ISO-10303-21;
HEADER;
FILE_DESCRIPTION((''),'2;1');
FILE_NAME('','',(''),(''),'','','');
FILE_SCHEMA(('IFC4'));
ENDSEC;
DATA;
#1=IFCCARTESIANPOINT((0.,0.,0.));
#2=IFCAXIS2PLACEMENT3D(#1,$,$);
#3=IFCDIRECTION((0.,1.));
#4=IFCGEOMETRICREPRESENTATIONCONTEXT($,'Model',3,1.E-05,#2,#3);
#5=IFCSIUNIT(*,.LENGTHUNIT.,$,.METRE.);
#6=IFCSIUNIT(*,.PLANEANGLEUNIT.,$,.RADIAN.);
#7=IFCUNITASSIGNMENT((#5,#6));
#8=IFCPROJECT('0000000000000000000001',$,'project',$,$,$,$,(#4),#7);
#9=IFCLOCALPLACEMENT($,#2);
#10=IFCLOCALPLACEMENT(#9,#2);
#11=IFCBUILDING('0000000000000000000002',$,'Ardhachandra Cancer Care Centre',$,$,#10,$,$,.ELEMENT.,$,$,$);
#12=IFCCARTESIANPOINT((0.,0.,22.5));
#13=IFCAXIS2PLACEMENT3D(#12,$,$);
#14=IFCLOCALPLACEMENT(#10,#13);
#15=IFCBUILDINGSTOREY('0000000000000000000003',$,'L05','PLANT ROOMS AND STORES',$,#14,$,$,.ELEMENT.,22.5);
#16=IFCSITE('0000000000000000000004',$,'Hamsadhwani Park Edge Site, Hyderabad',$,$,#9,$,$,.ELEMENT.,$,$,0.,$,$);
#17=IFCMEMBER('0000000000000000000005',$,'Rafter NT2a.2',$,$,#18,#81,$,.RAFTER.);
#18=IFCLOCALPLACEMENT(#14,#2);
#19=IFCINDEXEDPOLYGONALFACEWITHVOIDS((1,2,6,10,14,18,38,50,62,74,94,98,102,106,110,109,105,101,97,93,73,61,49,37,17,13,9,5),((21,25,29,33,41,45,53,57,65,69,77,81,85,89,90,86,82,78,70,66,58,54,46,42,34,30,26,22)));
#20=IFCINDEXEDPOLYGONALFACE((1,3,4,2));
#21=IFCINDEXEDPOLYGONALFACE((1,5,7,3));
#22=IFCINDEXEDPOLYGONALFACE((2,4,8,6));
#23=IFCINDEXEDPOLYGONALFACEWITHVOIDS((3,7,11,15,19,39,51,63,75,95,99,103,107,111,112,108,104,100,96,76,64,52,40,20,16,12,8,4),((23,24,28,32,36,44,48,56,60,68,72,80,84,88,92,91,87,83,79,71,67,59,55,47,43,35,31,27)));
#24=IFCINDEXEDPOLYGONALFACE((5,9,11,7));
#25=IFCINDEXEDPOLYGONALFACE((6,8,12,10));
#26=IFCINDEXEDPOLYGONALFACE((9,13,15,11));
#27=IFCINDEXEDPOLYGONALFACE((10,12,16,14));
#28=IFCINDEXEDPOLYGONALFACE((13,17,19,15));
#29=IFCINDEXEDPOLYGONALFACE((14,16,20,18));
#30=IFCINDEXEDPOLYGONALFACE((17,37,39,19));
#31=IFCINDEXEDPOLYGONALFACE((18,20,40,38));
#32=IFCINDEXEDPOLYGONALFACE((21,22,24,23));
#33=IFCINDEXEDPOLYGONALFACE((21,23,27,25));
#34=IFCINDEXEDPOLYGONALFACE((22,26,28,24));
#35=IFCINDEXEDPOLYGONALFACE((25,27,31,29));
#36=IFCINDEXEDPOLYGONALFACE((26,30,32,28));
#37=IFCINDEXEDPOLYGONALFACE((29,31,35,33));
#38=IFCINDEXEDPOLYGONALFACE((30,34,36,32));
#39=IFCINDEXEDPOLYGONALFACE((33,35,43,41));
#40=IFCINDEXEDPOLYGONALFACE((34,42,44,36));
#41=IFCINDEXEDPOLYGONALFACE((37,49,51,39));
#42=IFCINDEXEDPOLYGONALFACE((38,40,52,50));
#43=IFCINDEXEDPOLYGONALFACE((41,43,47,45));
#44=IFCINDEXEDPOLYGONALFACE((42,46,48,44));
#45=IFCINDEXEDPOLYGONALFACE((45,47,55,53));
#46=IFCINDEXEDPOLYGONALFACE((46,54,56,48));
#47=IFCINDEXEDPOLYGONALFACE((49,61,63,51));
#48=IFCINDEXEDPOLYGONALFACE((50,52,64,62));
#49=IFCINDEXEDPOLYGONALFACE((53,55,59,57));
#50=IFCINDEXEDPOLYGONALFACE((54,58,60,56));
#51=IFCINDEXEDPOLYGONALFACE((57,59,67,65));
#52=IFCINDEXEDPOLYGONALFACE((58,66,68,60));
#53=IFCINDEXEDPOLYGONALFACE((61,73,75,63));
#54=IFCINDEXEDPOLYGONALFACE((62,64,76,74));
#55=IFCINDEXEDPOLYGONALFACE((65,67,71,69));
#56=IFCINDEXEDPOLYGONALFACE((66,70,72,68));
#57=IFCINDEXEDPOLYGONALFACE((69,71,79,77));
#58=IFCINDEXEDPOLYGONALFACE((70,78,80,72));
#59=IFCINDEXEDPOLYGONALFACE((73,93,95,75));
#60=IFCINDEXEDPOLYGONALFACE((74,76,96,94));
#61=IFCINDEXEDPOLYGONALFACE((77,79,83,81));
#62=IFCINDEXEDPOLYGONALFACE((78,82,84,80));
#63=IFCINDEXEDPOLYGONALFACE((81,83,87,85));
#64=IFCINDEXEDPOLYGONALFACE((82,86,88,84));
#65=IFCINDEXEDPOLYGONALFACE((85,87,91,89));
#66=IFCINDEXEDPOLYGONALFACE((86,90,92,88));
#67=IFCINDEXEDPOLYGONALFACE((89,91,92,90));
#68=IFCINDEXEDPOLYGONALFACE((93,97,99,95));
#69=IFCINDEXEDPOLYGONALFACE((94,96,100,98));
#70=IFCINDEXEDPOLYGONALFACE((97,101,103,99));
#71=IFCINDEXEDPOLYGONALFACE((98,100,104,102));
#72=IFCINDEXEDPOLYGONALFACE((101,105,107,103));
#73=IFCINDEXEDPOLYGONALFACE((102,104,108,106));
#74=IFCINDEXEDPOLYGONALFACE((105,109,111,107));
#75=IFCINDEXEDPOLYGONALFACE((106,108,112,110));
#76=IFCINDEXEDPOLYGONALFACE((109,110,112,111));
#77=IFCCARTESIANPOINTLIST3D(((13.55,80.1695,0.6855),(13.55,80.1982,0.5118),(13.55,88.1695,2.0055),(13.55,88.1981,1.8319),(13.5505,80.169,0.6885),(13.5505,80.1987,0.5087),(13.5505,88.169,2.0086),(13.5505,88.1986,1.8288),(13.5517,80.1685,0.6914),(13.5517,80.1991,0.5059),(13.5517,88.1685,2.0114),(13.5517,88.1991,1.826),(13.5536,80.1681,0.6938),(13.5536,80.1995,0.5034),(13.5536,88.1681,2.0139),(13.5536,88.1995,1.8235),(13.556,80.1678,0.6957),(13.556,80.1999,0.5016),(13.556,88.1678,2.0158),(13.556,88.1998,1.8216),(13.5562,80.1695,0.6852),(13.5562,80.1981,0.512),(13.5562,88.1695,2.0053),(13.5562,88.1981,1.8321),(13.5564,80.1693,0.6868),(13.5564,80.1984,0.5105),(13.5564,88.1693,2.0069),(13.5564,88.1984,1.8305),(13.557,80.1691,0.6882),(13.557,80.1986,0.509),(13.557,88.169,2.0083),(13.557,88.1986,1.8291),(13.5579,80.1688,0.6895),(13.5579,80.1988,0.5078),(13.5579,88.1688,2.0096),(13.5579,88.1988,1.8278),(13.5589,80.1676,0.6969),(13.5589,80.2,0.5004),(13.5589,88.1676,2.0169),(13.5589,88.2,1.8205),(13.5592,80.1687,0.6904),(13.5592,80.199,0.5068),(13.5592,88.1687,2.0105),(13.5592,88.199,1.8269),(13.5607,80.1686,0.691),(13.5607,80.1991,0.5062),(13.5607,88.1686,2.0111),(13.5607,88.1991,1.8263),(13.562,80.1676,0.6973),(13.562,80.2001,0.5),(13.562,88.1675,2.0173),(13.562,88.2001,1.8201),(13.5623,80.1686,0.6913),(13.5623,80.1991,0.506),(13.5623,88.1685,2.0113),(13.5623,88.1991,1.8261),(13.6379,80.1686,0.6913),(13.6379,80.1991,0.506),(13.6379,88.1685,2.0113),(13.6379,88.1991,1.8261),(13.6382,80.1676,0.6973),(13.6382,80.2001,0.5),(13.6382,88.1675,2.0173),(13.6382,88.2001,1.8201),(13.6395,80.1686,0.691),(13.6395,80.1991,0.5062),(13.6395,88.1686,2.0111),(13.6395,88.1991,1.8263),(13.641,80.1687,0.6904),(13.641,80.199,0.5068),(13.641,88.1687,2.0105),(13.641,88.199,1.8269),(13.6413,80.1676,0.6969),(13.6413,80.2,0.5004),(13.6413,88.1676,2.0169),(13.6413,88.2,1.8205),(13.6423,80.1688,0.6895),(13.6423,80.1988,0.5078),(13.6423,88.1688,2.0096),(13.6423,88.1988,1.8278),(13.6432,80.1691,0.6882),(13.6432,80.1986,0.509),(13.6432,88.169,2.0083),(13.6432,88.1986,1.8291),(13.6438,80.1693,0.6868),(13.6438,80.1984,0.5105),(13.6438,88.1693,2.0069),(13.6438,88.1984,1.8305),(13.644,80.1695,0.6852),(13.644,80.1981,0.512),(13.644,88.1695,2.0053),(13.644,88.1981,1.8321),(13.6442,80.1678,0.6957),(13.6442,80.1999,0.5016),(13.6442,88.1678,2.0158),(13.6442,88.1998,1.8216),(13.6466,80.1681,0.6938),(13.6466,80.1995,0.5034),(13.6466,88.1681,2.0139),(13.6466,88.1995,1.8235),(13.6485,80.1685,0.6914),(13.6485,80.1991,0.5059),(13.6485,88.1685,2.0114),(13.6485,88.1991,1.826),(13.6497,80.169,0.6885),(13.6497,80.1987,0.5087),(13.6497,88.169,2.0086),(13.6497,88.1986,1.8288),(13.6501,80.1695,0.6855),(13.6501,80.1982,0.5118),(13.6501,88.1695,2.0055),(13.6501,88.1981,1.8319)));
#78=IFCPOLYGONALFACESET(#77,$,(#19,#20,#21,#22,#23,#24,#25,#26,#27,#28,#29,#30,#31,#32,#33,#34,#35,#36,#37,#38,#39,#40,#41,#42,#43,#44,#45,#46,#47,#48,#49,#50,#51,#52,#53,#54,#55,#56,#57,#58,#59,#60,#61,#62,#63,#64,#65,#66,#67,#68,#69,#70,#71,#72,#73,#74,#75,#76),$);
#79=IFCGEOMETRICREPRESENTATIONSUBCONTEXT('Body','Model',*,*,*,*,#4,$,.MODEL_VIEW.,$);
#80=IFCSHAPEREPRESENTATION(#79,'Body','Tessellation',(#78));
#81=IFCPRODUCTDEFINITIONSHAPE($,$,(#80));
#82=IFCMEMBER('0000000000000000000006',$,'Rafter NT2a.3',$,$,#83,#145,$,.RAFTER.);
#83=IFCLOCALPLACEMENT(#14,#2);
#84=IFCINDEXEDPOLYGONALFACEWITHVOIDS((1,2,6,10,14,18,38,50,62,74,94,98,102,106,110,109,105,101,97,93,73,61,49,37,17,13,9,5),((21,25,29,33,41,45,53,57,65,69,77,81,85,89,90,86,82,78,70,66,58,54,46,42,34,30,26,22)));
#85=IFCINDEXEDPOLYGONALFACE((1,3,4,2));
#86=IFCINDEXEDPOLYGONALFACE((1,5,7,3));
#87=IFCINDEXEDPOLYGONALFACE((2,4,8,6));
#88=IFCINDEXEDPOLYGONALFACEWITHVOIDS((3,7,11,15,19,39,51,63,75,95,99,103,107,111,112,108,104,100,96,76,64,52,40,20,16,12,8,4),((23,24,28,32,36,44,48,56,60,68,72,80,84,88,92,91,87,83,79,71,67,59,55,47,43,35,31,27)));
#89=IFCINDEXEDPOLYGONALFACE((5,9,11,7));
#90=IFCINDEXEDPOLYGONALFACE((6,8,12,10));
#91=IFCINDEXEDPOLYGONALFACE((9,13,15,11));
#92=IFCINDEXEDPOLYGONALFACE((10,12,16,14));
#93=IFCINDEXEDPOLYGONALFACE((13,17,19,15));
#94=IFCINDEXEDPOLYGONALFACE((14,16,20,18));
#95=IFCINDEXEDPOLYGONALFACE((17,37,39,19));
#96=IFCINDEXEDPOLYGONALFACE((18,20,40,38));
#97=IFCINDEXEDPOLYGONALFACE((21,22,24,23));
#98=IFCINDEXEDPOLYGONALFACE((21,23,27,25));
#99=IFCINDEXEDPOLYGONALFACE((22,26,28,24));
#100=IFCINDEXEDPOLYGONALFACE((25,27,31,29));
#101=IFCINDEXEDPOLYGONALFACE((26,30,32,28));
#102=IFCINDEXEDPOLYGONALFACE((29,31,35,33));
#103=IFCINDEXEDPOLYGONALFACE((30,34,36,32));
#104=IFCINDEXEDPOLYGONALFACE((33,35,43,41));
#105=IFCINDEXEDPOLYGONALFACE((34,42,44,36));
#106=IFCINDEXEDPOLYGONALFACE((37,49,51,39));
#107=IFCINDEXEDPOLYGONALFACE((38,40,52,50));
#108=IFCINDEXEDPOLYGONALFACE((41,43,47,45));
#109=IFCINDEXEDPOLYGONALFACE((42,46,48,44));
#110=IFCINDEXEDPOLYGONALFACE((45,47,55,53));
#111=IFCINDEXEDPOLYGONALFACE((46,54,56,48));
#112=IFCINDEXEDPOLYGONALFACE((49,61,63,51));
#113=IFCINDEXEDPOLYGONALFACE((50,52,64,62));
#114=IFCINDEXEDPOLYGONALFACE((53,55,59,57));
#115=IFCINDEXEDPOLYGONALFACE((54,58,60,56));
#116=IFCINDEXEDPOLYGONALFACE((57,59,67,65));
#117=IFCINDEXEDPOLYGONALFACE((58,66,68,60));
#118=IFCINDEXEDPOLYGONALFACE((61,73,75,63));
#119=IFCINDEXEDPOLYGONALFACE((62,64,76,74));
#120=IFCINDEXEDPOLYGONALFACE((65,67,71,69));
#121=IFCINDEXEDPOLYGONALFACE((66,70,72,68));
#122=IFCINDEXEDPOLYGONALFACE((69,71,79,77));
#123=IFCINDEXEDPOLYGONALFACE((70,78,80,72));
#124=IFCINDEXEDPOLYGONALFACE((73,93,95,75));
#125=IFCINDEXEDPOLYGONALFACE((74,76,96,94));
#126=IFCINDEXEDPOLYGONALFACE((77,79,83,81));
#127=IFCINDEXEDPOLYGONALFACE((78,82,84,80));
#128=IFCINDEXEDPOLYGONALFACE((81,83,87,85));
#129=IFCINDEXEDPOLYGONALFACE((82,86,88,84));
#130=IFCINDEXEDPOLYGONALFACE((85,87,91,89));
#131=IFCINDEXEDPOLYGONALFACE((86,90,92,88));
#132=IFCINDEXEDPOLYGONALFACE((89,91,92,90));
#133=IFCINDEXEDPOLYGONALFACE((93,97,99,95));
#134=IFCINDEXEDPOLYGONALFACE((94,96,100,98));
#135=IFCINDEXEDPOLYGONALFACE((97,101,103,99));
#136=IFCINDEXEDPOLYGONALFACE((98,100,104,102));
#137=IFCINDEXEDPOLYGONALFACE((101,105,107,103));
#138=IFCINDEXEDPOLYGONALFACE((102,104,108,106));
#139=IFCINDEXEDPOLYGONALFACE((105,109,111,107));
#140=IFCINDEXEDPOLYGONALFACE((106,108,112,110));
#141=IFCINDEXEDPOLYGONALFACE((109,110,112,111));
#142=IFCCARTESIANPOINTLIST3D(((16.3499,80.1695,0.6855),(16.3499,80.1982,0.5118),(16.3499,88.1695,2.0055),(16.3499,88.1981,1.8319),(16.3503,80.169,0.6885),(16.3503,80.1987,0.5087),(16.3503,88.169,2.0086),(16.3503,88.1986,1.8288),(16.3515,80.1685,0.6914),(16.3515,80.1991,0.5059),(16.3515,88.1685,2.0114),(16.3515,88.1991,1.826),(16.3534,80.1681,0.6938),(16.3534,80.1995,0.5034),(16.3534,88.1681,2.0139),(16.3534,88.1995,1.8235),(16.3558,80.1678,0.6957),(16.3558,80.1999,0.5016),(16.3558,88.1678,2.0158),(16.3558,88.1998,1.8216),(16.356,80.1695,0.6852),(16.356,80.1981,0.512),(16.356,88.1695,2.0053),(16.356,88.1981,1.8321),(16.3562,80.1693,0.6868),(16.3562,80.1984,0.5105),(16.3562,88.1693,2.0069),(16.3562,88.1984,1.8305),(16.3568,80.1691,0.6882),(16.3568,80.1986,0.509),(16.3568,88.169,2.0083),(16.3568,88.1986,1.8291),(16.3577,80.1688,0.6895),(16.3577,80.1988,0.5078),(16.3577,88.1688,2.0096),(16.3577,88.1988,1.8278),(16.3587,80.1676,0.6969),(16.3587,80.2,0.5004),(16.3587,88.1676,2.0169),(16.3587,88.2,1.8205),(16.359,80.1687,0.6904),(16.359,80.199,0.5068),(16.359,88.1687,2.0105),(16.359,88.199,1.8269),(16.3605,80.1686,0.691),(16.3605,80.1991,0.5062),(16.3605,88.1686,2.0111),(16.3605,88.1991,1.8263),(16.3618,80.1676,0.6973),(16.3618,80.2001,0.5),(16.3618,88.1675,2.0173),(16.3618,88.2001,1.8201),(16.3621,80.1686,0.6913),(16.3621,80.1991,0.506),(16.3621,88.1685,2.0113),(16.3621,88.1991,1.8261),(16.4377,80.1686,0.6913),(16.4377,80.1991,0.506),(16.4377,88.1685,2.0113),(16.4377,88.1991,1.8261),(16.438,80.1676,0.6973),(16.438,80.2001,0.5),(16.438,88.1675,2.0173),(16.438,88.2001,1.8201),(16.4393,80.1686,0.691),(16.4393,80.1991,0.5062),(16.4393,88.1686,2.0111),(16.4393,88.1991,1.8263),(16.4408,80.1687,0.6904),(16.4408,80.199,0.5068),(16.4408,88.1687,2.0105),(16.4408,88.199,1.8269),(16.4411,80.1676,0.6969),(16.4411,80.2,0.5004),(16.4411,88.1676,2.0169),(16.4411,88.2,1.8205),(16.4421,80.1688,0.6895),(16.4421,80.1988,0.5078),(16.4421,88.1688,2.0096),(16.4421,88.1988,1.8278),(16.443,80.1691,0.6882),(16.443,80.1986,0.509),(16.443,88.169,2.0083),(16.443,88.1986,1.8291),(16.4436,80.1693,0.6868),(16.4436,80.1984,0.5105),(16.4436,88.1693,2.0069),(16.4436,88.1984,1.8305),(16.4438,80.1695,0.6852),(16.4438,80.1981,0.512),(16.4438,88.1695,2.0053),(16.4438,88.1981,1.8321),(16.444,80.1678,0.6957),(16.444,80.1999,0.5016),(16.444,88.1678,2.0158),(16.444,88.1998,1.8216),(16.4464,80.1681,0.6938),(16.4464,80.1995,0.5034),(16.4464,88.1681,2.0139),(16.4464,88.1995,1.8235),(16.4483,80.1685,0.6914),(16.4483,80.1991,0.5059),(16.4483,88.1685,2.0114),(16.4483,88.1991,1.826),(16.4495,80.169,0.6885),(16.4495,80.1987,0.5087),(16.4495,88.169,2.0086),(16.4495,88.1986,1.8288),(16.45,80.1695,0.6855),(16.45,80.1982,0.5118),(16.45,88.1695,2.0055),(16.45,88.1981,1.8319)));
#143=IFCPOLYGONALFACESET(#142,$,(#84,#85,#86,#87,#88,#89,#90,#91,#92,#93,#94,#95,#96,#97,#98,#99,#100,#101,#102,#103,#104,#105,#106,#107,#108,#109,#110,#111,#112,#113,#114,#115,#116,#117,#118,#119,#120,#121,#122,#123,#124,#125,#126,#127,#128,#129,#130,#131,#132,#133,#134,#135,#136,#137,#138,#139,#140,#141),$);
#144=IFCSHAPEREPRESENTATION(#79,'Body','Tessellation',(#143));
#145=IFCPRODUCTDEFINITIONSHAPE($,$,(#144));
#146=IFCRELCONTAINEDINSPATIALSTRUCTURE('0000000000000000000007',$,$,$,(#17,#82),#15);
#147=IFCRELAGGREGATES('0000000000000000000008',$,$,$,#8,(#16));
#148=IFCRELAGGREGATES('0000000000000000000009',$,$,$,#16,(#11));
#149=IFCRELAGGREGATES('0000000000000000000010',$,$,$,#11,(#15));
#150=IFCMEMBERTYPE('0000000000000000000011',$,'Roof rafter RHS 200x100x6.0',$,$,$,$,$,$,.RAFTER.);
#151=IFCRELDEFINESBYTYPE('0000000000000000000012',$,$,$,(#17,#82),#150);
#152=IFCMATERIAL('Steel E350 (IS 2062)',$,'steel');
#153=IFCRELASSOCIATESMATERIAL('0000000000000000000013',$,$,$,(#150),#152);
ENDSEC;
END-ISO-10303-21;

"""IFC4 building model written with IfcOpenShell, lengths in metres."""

from ifc_helpers import new_model, si_unit, direction, frame, origin, origin_2d, place, context, subcontext, project, spatial, hollow_rectangle, extrude, material, material_profile, profile_set, type_object, element, save


model = new_model("IFC4")

# Units and contexts
model_context = context("Model", 3, precision=1e-05, world=origin(), true_north=direction((0.0, 1.0)))
body_context = subcontext(model_context, "Body", "Model", "MODEL_VIEW")
ifc_project = project(units=[si_unit("LENGTHUNIT", "METRE"), si_unit("PLANEANGLEUNIT", "RADIAN")], contexts=[model_context])

# Site, building, storey
site_placement = place(None, origin())
site = spatial("IfcSite", under=ifc_project, at=site_placement, Name="Hamsadhwani Park Edge Site, Hyderabad", CompositionType="ELEMENT", RefElevation=0.0)
building_placement = place(site_placement, origin())
building = spatial("IfcBuilding", under=site, at=building_placement, Name="Ardhachandra Cancer Care Centre", CompositionType="ELEMENT")
storey_placement = place(building_placement, frame((0.0, 0.0, 22.5)))
storey = spatial("IfcBuildingStorey", under=building, at=storey_placement, Name="L05", Description="PLANT ROOMS AND STORES", CompositionType="ELEMENT", Elevation=22.5)

# Members
ifc_material_1 = material(Name="Steel E350 (IS 2062)", Category="steel")
ifc_material_profile_1 = material_profile(ifc_material_1, hollow_rectangle(XDim=0.1001, YDim=0.2, WallThickness=0.0061, InnerFilletRadius=0.0061, OuterFilletRadius=0.012, at=origin_2d()), Name="RHS 200x100x6.0")
ifc_profile_set_1 = profile_set([ifc_material_profile_1], Name="Steel E350 (IS 2062)")
member_type_1 = type_object("IfcMemberType", Name="Roof rafter RHS 200x100x6.0", PredefinedType="RAFTER", material=ifc_profile_set_1)
for number, where, z_axis, x_axis, name in (
    (1, (13.6001, 80.1838, 0.5986), (0.0, 0.986658, 0.162807), (-1.0, 0.0, 0.0), "Rafter NT2a.2"),
    (2, (16.3999, 80.1838, 0.5986), (0.0, 0.986658, 0.162807), (-1.0, 0.0, 0.0), "Rafter NT2a.3"),
):
    element("IfcMember", number, at=place(storey_placement, frame(where, z_axis=z_axis, x_axis=x_axis)), inside=storey, type_object=member_type_1, Name=name, PredefinedType="RAFTER", context=body_context, shape_type="SweptSolid", body=[
        extrude(hollow_rectangle(XDim=0.1001, YDim=0.2, WallThickness=0.0061, InnerFilletRadius=0.0061, OuterFilletRadius=0.012, at=origin_2d()), origin(), (0.0, 0.0, 1.0), 8.1082),
    ])

save(model, "model.ifc")
